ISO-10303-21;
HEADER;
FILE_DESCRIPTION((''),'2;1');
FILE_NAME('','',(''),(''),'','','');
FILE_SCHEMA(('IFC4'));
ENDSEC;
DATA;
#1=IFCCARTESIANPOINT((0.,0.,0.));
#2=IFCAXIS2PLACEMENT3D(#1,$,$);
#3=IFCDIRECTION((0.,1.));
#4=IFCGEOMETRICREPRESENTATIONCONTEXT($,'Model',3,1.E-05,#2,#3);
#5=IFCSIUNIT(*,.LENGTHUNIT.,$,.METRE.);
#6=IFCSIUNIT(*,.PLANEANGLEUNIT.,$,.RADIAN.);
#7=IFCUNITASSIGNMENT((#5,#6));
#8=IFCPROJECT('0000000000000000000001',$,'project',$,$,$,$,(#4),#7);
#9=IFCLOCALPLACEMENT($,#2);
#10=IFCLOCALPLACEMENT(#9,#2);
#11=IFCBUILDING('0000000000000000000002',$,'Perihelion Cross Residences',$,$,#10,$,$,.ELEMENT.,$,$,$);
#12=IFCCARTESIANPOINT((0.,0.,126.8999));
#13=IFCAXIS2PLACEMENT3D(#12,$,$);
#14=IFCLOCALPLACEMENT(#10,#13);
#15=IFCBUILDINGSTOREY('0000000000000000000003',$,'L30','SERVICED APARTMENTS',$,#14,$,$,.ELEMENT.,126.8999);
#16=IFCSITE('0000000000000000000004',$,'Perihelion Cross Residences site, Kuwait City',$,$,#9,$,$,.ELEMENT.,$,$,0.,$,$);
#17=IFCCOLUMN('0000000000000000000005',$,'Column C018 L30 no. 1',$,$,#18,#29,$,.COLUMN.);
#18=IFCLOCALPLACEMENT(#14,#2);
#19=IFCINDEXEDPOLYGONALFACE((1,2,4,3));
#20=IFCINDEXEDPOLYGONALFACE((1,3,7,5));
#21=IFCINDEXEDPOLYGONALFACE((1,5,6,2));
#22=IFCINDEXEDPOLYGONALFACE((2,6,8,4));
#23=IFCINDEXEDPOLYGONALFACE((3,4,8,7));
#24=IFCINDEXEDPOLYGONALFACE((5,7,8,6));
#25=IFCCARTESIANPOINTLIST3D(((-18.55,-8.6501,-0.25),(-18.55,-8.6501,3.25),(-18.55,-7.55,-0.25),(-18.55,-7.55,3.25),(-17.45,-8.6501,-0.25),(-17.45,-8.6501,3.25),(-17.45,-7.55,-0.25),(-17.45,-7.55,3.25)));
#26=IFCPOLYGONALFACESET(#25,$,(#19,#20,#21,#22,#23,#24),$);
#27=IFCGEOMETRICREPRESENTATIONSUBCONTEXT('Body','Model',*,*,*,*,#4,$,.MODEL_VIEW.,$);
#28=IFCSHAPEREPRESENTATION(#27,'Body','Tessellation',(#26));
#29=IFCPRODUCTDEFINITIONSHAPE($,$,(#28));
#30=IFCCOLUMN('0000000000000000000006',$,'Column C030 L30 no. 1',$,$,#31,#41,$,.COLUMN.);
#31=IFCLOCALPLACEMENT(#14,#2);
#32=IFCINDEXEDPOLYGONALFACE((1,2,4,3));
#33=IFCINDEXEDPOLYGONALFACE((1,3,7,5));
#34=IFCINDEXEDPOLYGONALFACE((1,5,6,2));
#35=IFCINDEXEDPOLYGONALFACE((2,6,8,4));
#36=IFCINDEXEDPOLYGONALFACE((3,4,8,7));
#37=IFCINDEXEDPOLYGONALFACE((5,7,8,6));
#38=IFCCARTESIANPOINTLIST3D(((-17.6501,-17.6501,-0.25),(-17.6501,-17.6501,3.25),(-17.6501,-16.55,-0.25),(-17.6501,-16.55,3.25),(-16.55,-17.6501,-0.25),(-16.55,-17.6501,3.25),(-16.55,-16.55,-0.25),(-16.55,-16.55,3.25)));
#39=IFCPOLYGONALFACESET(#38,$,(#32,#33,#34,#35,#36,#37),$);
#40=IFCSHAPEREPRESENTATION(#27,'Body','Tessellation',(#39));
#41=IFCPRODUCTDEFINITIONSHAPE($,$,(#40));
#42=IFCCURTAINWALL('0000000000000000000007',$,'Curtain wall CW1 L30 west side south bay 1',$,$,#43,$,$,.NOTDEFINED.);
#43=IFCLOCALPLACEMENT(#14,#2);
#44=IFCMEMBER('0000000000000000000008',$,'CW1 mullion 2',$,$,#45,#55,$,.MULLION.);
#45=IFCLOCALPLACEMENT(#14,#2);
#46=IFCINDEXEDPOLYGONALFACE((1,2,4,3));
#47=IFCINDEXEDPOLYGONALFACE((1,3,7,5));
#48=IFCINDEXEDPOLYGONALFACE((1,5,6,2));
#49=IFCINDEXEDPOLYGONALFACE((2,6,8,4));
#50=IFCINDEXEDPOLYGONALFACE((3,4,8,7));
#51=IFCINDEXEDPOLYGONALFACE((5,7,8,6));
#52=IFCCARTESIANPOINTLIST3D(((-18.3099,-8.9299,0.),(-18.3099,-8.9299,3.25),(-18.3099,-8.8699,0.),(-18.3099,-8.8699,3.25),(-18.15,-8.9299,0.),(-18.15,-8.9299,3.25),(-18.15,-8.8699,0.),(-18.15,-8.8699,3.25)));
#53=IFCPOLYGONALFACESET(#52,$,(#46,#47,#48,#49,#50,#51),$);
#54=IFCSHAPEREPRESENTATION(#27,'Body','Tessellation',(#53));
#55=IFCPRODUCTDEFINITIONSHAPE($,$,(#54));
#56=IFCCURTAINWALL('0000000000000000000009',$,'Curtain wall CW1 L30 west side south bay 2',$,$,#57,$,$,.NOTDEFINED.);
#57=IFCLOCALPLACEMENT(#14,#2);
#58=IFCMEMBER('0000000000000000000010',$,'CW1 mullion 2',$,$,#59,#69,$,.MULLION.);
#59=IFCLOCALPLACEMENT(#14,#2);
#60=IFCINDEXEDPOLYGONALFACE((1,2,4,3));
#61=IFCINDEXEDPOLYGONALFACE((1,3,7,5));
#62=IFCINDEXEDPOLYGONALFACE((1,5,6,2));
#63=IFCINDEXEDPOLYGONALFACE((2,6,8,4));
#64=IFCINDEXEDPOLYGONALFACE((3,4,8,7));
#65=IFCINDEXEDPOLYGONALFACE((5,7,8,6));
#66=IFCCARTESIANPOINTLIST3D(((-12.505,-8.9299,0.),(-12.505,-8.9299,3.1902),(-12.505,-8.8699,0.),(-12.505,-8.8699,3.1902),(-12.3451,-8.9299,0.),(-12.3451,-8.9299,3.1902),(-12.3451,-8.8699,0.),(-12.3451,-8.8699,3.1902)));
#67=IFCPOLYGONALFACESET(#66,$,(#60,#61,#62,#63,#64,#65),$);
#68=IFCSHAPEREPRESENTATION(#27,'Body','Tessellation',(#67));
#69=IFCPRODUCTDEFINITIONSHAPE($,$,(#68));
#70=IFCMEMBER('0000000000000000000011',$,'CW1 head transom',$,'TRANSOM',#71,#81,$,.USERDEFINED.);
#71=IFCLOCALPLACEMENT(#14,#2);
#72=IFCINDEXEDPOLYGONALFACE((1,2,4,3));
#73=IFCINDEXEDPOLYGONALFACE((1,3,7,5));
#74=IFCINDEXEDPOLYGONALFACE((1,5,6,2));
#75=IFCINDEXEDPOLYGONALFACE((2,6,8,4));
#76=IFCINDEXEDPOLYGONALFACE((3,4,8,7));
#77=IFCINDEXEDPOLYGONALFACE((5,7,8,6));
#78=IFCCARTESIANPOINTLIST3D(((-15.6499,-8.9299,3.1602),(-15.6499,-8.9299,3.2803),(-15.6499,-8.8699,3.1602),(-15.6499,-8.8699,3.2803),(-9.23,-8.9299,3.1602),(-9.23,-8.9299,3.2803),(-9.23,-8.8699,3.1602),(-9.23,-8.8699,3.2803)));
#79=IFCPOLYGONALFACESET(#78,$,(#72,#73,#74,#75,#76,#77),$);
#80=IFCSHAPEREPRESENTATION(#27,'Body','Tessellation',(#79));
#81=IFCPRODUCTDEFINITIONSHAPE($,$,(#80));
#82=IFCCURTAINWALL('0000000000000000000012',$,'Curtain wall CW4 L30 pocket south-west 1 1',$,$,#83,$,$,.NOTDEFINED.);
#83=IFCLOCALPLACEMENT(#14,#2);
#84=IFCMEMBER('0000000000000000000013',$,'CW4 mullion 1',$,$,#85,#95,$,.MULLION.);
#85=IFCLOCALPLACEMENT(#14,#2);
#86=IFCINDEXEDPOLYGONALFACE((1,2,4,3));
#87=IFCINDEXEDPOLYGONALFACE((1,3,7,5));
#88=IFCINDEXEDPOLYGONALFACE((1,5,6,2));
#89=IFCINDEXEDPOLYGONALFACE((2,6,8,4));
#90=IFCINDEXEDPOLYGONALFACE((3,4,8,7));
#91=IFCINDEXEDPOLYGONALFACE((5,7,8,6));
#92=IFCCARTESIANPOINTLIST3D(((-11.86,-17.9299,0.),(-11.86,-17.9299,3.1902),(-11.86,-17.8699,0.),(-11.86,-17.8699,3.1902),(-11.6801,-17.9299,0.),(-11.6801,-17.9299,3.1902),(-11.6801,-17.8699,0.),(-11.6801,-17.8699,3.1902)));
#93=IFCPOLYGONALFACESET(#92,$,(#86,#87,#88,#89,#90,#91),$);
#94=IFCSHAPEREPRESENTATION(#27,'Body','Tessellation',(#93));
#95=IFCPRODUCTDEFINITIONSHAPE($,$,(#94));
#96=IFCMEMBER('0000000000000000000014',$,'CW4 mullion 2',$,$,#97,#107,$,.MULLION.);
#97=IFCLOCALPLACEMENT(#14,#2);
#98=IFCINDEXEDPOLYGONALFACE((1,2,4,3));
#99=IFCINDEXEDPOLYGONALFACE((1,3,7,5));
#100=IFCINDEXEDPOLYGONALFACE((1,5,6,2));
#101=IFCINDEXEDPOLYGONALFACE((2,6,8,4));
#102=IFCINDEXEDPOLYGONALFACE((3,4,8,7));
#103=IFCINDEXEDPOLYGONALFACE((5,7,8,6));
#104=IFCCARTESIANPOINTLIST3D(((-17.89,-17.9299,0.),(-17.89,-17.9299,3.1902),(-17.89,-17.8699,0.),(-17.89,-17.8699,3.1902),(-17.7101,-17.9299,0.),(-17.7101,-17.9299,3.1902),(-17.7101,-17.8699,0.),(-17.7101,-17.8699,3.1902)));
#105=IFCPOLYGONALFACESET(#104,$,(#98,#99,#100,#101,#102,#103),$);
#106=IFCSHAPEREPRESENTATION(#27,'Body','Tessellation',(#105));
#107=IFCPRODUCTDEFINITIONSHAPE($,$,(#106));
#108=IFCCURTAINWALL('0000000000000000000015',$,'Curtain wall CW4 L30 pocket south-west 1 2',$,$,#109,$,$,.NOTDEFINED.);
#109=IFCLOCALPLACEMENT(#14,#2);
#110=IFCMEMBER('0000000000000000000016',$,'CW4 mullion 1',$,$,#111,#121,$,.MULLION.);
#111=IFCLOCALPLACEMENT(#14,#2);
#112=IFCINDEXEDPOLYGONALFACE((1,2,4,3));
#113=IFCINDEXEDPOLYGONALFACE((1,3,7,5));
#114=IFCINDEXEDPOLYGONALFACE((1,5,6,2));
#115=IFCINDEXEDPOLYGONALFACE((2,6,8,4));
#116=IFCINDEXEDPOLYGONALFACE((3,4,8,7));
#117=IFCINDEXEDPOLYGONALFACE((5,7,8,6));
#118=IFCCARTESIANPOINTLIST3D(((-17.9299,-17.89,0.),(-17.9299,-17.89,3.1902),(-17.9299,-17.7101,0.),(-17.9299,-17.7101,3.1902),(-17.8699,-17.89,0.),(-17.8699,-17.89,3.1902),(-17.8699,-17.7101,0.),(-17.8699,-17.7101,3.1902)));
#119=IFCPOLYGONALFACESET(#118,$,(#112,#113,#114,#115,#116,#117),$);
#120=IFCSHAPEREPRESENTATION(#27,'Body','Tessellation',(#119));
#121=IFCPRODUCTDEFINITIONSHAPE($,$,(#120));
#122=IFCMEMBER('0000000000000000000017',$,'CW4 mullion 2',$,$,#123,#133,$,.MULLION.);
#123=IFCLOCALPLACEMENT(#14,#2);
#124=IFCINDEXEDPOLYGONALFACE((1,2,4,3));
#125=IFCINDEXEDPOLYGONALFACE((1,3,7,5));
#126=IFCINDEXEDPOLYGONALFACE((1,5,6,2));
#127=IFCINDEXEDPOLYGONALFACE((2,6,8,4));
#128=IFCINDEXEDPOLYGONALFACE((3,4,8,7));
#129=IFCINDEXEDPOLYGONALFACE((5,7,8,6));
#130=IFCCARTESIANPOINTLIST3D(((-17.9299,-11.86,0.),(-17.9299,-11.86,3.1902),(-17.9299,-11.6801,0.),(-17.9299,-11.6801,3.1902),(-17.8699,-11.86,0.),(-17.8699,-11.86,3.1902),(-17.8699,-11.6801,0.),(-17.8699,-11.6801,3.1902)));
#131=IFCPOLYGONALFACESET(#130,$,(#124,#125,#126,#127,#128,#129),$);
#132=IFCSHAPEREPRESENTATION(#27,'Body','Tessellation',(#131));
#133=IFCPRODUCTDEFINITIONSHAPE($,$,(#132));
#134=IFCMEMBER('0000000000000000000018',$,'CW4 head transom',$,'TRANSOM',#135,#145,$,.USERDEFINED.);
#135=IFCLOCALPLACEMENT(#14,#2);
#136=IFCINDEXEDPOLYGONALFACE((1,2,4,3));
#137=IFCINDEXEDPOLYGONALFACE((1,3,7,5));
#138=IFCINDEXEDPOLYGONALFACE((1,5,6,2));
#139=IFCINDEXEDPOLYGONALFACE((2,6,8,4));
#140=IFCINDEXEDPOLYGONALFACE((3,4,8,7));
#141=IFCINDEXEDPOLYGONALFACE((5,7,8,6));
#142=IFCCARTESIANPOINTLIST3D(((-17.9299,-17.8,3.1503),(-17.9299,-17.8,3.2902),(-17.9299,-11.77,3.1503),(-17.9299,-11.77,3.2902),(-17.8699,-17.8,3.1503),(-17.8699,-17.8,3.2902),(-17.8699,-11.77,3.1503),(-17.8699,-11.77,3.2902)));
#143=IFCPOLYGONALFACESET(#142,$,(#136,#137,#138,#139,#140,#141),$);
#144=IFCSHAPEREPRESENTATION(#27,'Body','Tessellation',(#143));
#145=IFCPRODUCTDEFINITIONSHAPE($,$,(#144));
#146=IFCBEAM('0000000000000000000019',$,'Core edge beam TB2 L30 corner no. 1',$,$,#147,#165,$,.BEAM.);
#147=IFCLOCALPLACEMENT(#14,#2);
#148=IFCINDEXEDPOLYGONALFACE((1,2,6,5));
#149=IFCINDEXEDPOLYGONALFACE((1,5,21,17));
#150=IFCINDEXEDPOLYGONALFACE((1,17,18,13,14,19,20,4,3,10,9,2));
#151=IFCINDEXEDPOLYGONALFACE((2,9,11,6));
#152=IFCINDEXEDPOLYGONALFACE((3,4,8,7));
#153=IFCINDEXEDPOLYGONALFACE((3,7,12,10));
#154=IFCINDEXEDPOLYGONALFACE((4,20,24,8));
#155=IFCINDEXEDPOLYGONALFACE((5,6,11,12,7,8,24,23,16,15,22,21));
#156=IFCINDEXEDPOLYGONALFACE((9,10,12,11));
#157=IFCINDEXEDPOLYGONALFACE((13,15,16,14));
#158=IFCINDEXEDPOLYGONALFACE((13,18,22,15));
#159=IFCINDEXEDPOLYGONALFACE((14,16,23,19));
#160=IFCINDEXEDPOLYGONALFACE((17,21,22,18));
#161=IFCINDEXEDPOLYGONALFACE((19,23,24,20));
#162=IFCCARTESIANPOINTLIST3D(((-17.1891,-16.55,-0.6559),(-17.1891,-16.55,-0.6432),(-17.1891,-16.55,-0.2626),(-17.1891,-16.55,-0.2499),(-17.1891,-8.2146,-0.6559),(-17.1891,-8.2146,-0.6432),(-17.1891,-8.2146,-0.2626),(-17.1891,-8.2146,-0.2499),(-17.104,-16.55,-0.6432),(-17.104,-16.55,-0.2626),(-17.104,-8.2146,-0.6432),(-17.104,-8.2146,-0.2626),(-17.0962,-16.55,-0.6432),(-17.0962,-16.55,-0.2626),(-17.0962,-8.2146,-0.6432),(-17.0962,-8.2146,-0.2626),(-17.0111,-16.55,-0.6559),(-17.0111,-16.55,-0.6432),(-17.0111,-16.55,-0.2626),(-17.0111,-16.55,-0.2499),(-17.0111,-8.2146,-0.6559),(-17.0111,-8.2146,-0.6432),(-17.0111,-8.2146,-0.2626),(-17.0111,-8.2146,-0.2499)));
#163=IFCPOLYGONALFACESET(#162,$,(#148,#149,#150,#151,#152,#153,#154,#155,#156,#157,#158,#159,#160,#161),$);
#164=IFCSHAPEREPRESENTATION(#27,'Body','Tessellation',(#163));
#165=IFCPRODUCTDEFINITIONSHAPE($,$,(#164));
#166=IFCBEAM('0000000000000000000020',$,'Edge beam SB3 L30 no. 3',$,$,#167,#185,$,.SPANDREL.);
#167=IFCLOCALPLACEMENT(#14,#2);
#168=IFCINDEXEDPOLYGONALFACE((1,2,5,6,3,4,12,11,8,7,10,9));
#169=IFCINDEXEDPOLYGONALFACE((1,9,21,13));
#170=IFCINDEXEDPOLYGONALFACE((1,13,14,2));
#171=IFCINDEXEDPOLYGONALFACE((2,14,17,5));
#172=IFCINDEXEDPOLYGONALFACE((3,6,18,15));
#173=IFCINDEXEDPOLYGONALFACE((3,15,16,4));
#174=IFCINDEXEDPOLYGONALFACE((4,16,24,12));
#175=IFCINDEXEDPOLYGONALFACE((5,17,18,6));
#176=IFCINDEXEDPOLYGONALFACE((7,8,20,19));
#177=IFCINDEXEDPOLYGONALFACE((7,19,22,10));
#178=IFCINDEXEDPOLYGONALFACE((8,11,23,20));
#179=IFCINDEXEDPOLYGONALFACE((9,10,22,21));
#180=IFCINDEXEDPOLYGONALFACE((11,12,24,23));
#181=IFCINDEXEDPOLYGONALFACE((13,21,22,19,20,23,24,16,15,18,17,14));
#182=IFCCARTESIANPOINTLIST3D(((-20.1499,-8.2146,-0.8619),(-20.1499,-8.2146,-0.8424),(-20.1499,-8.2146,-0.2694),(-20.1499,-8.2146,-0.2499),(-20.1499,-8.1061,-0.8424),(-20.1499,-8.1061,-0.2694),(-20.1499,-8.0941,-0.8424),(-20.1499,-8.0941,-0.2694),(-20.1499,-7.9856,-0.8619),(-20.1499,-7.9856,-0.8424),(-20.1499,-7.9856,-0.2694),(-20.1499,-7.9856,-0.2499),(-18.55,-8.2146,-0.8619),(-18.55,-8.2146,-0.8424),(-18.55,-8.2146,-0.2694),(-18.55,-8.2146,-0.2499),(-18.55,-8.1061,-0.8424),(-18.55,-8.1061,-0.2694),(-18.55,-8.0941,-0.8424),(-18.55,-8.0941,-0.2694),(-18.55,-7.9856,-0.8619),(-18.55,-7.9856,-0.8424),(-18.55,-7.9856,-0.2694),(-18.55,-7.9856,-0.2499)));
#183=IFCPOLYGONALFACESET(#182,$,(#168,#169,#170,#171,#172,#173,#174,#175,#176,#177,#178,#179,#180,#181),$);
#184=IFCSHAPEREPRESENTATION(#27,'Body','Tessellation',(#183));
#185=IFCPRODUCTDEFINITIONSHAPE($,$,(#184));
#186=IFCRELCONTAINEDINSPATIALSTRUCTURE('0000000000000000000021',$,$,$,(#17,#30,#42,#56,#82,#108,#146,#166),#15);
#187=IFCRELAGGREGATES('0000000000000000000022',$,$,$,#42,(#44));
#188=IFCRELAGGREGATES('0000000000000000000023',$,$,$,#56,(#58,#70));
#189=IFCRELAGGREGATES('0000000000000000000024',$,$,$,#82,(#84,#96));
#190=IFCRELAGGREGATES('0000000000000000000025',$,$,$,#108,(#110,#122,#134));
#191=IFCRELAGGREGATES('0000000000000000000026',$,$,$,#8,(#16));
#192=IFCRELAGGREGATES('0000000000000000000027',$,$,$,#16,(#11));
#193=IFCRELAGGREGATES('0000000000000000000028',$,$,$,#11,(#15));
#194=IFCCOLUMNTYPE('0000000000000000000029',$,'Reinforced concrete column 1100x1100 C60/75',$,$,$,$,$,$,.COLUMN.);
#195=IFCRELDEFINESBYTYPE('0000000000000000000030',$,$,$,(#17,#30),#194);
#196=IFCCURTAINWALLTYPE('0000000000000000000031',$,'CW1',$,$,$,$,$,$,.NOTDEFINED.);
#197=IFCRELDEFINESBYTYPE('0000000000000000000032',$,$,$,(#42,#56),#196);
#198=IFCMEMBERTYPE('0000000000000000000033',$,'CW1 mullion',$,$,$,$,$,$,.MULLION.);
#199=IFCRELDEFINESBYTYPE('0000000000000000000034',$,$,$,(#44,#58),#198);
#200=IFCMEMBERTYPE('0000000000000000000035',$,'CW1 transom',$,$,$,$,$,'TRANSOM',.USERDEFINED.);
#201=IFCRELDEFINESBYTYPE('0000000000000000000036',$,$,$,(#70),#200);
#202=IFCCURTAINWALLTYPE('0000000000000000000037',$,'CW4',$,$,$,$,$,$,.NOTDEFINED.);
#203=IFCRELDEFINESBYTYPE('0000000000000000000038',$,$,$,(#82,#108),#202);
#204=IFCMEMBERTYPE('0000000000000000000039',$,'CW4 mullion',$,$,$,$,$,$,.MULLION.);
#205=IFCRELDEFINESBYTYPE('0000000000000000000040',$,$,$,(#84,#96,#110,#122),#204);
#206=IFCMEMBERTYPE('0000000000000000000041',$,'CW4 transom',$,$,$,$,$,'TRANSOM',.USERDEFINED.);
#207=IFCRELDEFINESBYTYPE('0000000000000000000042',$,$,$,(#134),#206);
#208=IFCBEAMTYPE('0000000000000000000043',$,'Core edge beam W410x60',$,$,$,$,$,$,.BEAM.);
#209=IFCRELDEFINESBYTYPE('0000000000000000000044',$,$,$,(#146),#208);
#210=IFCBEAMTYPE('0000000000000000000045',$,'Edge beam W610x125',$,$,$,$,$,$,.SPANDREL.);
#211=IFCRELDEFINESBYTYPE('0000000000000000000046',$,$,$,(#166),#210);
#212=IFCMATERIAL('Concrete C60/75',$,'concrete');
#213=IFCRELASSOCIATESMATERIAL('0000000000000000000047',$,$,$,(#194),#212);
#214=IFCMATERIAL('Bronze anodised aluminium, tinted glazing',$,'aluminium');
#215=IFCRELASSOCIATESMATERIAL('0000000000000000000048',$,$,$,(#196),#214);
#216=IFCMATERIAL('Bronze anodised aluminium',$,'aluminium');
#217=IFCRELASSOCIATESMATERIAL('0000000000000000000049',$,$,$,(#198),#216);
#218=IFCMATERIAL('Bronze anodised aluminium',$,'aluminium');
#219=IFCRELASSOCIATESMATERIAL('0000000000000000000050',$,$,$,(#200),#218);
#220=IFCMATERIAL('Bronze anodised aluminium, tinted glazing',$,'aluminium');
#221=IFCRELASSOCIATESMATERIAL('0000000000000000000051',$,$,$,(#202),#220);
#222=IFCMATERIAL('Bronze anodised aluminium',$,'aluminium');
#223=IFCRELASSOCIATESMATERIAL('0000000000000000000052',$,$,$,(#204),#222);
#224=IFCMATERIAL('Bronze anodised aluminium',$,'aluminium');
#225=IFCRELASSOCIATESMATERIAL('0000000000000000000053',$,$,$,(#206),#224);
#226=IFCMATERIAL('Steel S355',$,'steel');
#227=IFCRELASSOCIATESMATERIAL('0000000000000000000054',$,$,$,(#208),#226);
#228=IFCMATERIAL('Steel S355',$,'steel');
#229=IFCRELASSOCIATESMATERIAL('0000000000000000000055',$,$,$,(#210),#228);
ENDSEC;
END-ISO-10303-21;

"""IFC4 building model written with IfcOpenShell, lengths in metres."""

from ifc_helpers import new_model, si_unit, direction, frame, origin, origin_2d, place, context, subcontext, project, spatial, rectangle, i_section, extrude, material, material_profile, profile_set, type_object, element, aggregate, save


model = new_model("IFC4")

# Units and contexts
model_context = context("Model", 3, precision=1e-05, world=origin(), true_north=direction((0.0, 1.0)))
body_context = subcontext(model_context, "Body", "Model", "MODEL_VIEW")
ifc_project = project(units=[si_unit("LENGTHUNIT", "METRE"), si_unit("PLANEANGLEUNIT", "RADIAN")], contexts=[model_context])

# Site, building, storey
site_placement = place(None, origin())
site = spatial("IfcSite", under=ifc_project, at=site_placement, Name="Perihelion Cross Residences site, Kuwait City", CompositionType="ELEMENT", RefElevation=0.0)
building_placement = place(site_placement, origin())
building = spatial("IfcBuilding", under=site, at=building_placement, Name="Perihelion Cross Residences", CompositionType="ELEMENT")
storey_placement = place(building_placement, frame((0.0, 0.0, 126.8999)))
storey = spatial("IfcBuildingStorey", under=building, at=storey_placement, Name="L30", Description="SERVICED APARTMENTS", CompositionType="ELEMENT", Elevation=126.8999)

# Columns
ifc_material_1 = material(Name="Concrete C60/75", Category="concrete")
ifc_material_profile_1 = material_profile(ifc_material_1, rectangle(XDim=1.1001, YDim=1.1001, at=origin_2d()), Name="RC 1100x1100")
ifc_profile_set_1 = profile_set([ifc_material_profile_1], Name="Concrete C60/75")
column_type = type_object("IfcColumnType", Name="Reinforced concrete column 1100x1100 C60/75", PredefinedType="COLUMN", material=ifc_profile_set_1)
for number, where, z_axis, x_axis, name in (
    (1, (-18.0, -8.1001, -0.25), (0.0, 0.0, 1.0), (1.0, 0.0, 0.0), "Column C018 L30 no. 1"),
    (2, (-17.1001, -17.1001, -0.25), (0.0, 0.0, 1.0), (1.0, 0.0, 0.0), "Column C030 L30 no. 1"),
):
    element("IfcColumn", number, at=place(storey_placement, frame(where, z_axis=z_axis, x_axis=x_axis)), inside=storey, type_object=column_type, Name=name, PredefinedType="COLUMN", context=body_context, shape_type="SweptSolid", body=[
        extrude(rectangle(XDim=1.1001, YDim=1.1001, at=origin_2d()), origin(), (0.0, 0.0, 1.0), 3.5),
    ])

# Curtain wall, member
ifc_material_2 = material(Name="Bronze anodised aluminium, tinted glazing", Category="aluminium")
curtain_wall_type_1 = type_object("IfcCurtainWallType", Name="CW1", PredefinedType="NOTDEFINED", material=ifc_material_2)
curtain_wall_1_placement = place(storey_placement, origin())
curtain_wall_1 = element("IfcCurtainWall", 3, at=curtain_wall_1_placement, inside=storey, type_object=curtain_wall_type_1, Name="Curtain wall CW1 L30 west side south bay 1", PredefinedType="NOTDEFINED")
ifc_material_3 = material(Name="Bronze anodised aluminium", Category="aluminium")
ifc_material_profile_2 = material_profile(ifc_material_3, rectangle(XDim=0.0601, YDim=0.1599, at=origin_2d()), Name="CW1 mullion")
ifc_profile_set_2 = profile_set([ifc_material_profile_2], Name="Bronze anodised aluminium")
member_type_1 = type_object("IfcMemberType", Name="CW1 mullion", PredefinedType="MULLION", material=ifc_profile_set_2)
member_1_placement = place(storey_placement, frame((-18.23, -8.8999, 0.0), z_axis=(0.0, 0.0, 1.0), x_axis=(0.0, 1.0, 0.0)))
member_1 = element("IfcMember", 4, at=member_1_placement, type_object=member_type_1, Name="CW1 mullion 2", PredefinedType="MULLION", context=body_context, shape_type="SweptSolid", body=[
    extrude(rectangle(XDim=0.0601, YDim=0.1599, at=origin_2d()), origin(), (0.0, 0.0, 1.0), 3.25),
])

# Curtain walls, members
curtain_wall_2_placement = place(storey_placement, origin())
curtain_wall_2 = element("IfcCurtainWall", 5, at=curtain_wall_2_placement, inside=storey, type_object=curtain_wall_type_1, Name="Curtain wall CW1 L30 west side south bay 2", PredefinedType="NOTDEFINED")
member_2_placement = place(storey_placement, frame((-12.425, -8.8999, 0.0), z_axis=(0.0, 0.0, 1.0), x_axis=(0.0, 1.0, 0.0)))
member_2 = element("IfcMember", 6, at=member_2_placement, type_object=member_type_1, Name="CW1 mullion 2", PredefinedType="MULLION", context=body_context, shape_type="SweptSolid", body=[
    extrude(rectangle(XDim=0.0601, YDim=0.1599, at=origin_2d()), origin(), (0.0, 0.0, 1.0), 3.1902),
])
ifc_material_4 = material(Name="Bronze anodised aluminium", Category="aluminium")
ifc_material_profile_3 = material_profile(ifc_material_4, rectangle(XDim=0.0601, YDim=0.1201, at=origin_2d()), Name="CW1 transom")
ifc_profile_set_3 = profile_set([ifc_material_profile_3], Name="Bronze anodised aluminium")
member_type_2 = type_object("IfcMemberType", Name="CW1 transom", ElementType="TRANSOM", PredefinedType="USERDEFINED", material=ifc_profile_set_3)
member_3_placement = place(storey_placement, frame((-15.6499, -8.8999, 3.2202), z_axis=(1.0, 0.0, 0.0), x_axis=(0.0, 1.0, 0.0)))
member_3 = element("IfcMember", 7, at=member_3_placement, type_object=member_type_2, Name="CW1 head transom", ObjectType="TRANSOM", PredefinedType="USERDEFINED", context=body_context, shape_type="SweptSolid", body=[
    extrude(rectangle(XDim=0.0601, YDim=0.1201, at=origin_2d()), origin(), (0.0, 0.0, 1.0), 6.4199),
])
ifc_material_5 = material(Name="Bronze anodised aluminium, tinted glazing", Category="aluminium")
curtain_wall_type_2 = type_object("IfcCurtainWallType", Name="CW4", PredefinedType="NOTDEFINED", material=ifc_material_5)
curtain_wall_3_placement = place(storey_placement, origin())
curtain_wall_3 = element("IfcCurtainWall", 8, at=curtain_wall_3_placement, inside=storey, type_object=curtain_wall_type_2, Name="Curtain wall CW4 L30 pocket south-west 1 1", PredefinedType="NOTDEFINED")
ifc_material_6 = material(Name="Bronze anodised aluminium", Category="aluminium")
ifc_material_profile_4 = material_profile(ifc_material_6, rectangle(XDim=0.0601, YDim=0.1799, at=origin_2d()), Name="CW4 mullion")
ifc_profile_set_4 = profile_set([ifc_material_profile_4], Name="Bronze anodised aluminium")
member_type_3 = type_object("IfcMemberType", Name="CW4 mullion", PredefinedType="MULLION", material=ifc_profile_set_4)
member_4_placement = place(storey_placement, frame((-11.77, -17.8999, 0.0), z_axis=(0.0, 0.0, 1.0), x_axis=(0.0, -1.0, 0.0)))
member_4 = element("IfcMember", 9, at=member_4_placement, type_object=member_type_3, Name="CW4 mullion 1", PredefinedType="MULLION", context=body_context, shape_type="SweptSolid", body=[
    extrude(rectangle(XDim=0.0601, YDim=0.1799, at=origin_2d()), origin(), (0.0, 0.0, 1.0), 3.1902),
])
member_5_placement = place(storey_placement, frame((-17.8, -17.8999, 0.0), z_axis=(0.0, 0.0, 1.0), x_axis=(0.0, -1.0, 0.0)))
member_5 = element("IfcMember", 10, at=member_5_placement, type_object=member_type_3, Name="CW4 mullion 2", PredefinedType="MULLION", context=body_context, shape_type="SweptSolid", body=[
    extrude(rectangle(XDim=0.0601, YDim=0.1799, at=origin_2d()), origin(), (0.0, 0.0, 1.0), 3.1902),
])
curtain_wall_4_placement = place(storey_placement, origin())
curtain_wall_4 = element("IfcCurtainWall", 11, at=curtain_wall_4_placement, inside=storey, type_object=curtain_wall_type_2, Name="Curtain wall CW4 L30 pocket south-west 1 2", PredefinedType="NOTDEFINED")
member_6_placement = place(storey_placement, frame((-17.8999, -17.8, 0.0), z_axis=(0.0, 0.0, 1.0), x_axis=(-1.0, 0.0, 0.0)))
member_6 = element("IfcMember", 12, at=member_6_placement, type_object=member_type_3, Name="CW4 mullion 1", PredefinedType="MULLION", context=body_context, shape_type="SweptSolid", body=[
    extrude(rectangle(XDim=0.0601, YDim=0.1799, at=origin_2d()), origin(), (0.0, 0.0, 1.0), 3.1902),
])
member_7_placement = place(storey_placement, frame((-17.8999, -11.77, 0.0), z_axis=(0.0, 0.0, 1.0), x_axis=(-1.0, 0.0, 0.0)))
member_7 = element("IfcMember", 13, at=member_7_placement, type_object=member_type_3, Name="CW4 mullion 2", PredefinedType="MULLION", context=body_context, shape_type="SweptSolid", body=[
    extrude(rectangle(XDim=0.0601, YDim=0.1799, at=origin_2d()), origin(), (0.0, 0.0, 1.0), 3.1902),
])
ifc_material_7 = material(Name="Bronze anodised aluminium", Category="aluminium")
ifc_material_profile_5 = material_profile(ifc_material_7, rectangle(XDim=0.0601, YDim=0.1399, at=origin_2d()), Name="CW4 transom")
ifc_profile_set_5 = profile_set([ifc_material_profile_5], Name="Bronze anodised aluminium")
member_type_4 = type_object("IfcMemberType", Name="CW4 transom", ElementType="TRANSOM", PredefinedType="USERDEFINED", material=ifc_profile_set_5)
member_8_placement = place(storey_placement, frame((-17.8999, -17.8, 3.2202), z_axis=(0.0, 1.0, 0.0), x_axis=(-1.0, 0.0, 0.0)))
member_8 = element("IfcMember", 14, at=member_8_placement, type_object=member_type_4, Name="CW4 head transom", ObjectType="TRANSOM", PredefinedType="USERDEFINED", context=body_context, shape_type="SweptSolid", body=[
    extrude(rectangle(XDim=0.0601, YDim=0.1399, at=origin_2d()), origin(), (0.0, 0.0, 1.0), 6.03),
])

# Beams
ifc_material_8 = material(Name="Steel S355", Category="steel")
ifc_material_profile_6 = material_profile(ifc_material_8, i_section(OverallWidth=0.178, OverallDepth=0.406, WebThickness=0.0078, FlangeThickness=0.0127, at=origin_2d()), Name="W410x60")
ifc_profile_set_6 = profile_set([ifc_material_profile_6], Name="Steel S355")
beam_type_1 = type_object("IfcBeamType", Name="Core edge beam W410x60", PredefinedType="BEAM", material=ifc_profile_set_6)
beam_1_placement = place(storey_placement, frame((-17.1001, -8.2146, -0.4529), z_axis=(0.0, -1.0, 0.0), x_axis=(1.0, 0.0, 0.0)))
element("IfcBeam", 15, at=beam_1_placement, inside=storey, type_object=beam_type_1, Name="Core edge beam TB2 L30 corner no. 1", PredefinedType="BEAM", context=body_context, shape_type="SweptSolid", body=[
    extrude(i_section(OverallWidth=0.178, OverallDepth=0.406, WebThickness=0.0078, FlangeThickness=0.0127, at=origin_2d()), origin(), (0.0, 0.0, 1.0), 8.3354),
])
ifc_material_9 = material(Name="Steel S355", Category="steel")
ifc_material_profile_7 = material_profile(ifc_material_9, i_section(OverallWidth=0.229, OverallDepth=0.6121, WebThickness=0.012, FlangeThickness=0.0195, at=origin_2d()), Name="W610x125")
ifc_profile_set_7 = profile_set([ifc_material_profile_7], Name="Steel S355")
beam_type_2 = type_object("IfcBeamType", Name="Edge beam W610x125", PredefinedType="SPANDREL", material=ifc_profile_set_7)
beam_2_placement = place(storey_placement, frame((-20.1499, -8.1001, -0.5559), z_axis=(1.0, 0.0, 0.0), x_axis=(0.0, 1.0, 0.0)))
element("IfcBeam", 16, at=beam_2_placement, inside=storey, type_object=beam_type_2, Name="Edge beam SB3 L30 no. 3", PredefinedType="SPANDREL", context=body_context, shape_type="SweptSolid", body=[
    extrude(i_section(OverallWidth=0.229, OverallDepth=0.6121, WebThickness=0.012, FlangeThickness=0.0195, at=origin_2d()), origin(), (0.0, 0.0, 1.0), 1.5999),
])

aggregate(curtain_wall_1, [member_1])
aggregate(curtain_wall_2, [member_2, member_3])
aggregate(curtain_wall_3, [member_4, member_5])
aggregate(curtain_wall_4, [member_6, member_7, member_8])

save(model, "model.ifc")
